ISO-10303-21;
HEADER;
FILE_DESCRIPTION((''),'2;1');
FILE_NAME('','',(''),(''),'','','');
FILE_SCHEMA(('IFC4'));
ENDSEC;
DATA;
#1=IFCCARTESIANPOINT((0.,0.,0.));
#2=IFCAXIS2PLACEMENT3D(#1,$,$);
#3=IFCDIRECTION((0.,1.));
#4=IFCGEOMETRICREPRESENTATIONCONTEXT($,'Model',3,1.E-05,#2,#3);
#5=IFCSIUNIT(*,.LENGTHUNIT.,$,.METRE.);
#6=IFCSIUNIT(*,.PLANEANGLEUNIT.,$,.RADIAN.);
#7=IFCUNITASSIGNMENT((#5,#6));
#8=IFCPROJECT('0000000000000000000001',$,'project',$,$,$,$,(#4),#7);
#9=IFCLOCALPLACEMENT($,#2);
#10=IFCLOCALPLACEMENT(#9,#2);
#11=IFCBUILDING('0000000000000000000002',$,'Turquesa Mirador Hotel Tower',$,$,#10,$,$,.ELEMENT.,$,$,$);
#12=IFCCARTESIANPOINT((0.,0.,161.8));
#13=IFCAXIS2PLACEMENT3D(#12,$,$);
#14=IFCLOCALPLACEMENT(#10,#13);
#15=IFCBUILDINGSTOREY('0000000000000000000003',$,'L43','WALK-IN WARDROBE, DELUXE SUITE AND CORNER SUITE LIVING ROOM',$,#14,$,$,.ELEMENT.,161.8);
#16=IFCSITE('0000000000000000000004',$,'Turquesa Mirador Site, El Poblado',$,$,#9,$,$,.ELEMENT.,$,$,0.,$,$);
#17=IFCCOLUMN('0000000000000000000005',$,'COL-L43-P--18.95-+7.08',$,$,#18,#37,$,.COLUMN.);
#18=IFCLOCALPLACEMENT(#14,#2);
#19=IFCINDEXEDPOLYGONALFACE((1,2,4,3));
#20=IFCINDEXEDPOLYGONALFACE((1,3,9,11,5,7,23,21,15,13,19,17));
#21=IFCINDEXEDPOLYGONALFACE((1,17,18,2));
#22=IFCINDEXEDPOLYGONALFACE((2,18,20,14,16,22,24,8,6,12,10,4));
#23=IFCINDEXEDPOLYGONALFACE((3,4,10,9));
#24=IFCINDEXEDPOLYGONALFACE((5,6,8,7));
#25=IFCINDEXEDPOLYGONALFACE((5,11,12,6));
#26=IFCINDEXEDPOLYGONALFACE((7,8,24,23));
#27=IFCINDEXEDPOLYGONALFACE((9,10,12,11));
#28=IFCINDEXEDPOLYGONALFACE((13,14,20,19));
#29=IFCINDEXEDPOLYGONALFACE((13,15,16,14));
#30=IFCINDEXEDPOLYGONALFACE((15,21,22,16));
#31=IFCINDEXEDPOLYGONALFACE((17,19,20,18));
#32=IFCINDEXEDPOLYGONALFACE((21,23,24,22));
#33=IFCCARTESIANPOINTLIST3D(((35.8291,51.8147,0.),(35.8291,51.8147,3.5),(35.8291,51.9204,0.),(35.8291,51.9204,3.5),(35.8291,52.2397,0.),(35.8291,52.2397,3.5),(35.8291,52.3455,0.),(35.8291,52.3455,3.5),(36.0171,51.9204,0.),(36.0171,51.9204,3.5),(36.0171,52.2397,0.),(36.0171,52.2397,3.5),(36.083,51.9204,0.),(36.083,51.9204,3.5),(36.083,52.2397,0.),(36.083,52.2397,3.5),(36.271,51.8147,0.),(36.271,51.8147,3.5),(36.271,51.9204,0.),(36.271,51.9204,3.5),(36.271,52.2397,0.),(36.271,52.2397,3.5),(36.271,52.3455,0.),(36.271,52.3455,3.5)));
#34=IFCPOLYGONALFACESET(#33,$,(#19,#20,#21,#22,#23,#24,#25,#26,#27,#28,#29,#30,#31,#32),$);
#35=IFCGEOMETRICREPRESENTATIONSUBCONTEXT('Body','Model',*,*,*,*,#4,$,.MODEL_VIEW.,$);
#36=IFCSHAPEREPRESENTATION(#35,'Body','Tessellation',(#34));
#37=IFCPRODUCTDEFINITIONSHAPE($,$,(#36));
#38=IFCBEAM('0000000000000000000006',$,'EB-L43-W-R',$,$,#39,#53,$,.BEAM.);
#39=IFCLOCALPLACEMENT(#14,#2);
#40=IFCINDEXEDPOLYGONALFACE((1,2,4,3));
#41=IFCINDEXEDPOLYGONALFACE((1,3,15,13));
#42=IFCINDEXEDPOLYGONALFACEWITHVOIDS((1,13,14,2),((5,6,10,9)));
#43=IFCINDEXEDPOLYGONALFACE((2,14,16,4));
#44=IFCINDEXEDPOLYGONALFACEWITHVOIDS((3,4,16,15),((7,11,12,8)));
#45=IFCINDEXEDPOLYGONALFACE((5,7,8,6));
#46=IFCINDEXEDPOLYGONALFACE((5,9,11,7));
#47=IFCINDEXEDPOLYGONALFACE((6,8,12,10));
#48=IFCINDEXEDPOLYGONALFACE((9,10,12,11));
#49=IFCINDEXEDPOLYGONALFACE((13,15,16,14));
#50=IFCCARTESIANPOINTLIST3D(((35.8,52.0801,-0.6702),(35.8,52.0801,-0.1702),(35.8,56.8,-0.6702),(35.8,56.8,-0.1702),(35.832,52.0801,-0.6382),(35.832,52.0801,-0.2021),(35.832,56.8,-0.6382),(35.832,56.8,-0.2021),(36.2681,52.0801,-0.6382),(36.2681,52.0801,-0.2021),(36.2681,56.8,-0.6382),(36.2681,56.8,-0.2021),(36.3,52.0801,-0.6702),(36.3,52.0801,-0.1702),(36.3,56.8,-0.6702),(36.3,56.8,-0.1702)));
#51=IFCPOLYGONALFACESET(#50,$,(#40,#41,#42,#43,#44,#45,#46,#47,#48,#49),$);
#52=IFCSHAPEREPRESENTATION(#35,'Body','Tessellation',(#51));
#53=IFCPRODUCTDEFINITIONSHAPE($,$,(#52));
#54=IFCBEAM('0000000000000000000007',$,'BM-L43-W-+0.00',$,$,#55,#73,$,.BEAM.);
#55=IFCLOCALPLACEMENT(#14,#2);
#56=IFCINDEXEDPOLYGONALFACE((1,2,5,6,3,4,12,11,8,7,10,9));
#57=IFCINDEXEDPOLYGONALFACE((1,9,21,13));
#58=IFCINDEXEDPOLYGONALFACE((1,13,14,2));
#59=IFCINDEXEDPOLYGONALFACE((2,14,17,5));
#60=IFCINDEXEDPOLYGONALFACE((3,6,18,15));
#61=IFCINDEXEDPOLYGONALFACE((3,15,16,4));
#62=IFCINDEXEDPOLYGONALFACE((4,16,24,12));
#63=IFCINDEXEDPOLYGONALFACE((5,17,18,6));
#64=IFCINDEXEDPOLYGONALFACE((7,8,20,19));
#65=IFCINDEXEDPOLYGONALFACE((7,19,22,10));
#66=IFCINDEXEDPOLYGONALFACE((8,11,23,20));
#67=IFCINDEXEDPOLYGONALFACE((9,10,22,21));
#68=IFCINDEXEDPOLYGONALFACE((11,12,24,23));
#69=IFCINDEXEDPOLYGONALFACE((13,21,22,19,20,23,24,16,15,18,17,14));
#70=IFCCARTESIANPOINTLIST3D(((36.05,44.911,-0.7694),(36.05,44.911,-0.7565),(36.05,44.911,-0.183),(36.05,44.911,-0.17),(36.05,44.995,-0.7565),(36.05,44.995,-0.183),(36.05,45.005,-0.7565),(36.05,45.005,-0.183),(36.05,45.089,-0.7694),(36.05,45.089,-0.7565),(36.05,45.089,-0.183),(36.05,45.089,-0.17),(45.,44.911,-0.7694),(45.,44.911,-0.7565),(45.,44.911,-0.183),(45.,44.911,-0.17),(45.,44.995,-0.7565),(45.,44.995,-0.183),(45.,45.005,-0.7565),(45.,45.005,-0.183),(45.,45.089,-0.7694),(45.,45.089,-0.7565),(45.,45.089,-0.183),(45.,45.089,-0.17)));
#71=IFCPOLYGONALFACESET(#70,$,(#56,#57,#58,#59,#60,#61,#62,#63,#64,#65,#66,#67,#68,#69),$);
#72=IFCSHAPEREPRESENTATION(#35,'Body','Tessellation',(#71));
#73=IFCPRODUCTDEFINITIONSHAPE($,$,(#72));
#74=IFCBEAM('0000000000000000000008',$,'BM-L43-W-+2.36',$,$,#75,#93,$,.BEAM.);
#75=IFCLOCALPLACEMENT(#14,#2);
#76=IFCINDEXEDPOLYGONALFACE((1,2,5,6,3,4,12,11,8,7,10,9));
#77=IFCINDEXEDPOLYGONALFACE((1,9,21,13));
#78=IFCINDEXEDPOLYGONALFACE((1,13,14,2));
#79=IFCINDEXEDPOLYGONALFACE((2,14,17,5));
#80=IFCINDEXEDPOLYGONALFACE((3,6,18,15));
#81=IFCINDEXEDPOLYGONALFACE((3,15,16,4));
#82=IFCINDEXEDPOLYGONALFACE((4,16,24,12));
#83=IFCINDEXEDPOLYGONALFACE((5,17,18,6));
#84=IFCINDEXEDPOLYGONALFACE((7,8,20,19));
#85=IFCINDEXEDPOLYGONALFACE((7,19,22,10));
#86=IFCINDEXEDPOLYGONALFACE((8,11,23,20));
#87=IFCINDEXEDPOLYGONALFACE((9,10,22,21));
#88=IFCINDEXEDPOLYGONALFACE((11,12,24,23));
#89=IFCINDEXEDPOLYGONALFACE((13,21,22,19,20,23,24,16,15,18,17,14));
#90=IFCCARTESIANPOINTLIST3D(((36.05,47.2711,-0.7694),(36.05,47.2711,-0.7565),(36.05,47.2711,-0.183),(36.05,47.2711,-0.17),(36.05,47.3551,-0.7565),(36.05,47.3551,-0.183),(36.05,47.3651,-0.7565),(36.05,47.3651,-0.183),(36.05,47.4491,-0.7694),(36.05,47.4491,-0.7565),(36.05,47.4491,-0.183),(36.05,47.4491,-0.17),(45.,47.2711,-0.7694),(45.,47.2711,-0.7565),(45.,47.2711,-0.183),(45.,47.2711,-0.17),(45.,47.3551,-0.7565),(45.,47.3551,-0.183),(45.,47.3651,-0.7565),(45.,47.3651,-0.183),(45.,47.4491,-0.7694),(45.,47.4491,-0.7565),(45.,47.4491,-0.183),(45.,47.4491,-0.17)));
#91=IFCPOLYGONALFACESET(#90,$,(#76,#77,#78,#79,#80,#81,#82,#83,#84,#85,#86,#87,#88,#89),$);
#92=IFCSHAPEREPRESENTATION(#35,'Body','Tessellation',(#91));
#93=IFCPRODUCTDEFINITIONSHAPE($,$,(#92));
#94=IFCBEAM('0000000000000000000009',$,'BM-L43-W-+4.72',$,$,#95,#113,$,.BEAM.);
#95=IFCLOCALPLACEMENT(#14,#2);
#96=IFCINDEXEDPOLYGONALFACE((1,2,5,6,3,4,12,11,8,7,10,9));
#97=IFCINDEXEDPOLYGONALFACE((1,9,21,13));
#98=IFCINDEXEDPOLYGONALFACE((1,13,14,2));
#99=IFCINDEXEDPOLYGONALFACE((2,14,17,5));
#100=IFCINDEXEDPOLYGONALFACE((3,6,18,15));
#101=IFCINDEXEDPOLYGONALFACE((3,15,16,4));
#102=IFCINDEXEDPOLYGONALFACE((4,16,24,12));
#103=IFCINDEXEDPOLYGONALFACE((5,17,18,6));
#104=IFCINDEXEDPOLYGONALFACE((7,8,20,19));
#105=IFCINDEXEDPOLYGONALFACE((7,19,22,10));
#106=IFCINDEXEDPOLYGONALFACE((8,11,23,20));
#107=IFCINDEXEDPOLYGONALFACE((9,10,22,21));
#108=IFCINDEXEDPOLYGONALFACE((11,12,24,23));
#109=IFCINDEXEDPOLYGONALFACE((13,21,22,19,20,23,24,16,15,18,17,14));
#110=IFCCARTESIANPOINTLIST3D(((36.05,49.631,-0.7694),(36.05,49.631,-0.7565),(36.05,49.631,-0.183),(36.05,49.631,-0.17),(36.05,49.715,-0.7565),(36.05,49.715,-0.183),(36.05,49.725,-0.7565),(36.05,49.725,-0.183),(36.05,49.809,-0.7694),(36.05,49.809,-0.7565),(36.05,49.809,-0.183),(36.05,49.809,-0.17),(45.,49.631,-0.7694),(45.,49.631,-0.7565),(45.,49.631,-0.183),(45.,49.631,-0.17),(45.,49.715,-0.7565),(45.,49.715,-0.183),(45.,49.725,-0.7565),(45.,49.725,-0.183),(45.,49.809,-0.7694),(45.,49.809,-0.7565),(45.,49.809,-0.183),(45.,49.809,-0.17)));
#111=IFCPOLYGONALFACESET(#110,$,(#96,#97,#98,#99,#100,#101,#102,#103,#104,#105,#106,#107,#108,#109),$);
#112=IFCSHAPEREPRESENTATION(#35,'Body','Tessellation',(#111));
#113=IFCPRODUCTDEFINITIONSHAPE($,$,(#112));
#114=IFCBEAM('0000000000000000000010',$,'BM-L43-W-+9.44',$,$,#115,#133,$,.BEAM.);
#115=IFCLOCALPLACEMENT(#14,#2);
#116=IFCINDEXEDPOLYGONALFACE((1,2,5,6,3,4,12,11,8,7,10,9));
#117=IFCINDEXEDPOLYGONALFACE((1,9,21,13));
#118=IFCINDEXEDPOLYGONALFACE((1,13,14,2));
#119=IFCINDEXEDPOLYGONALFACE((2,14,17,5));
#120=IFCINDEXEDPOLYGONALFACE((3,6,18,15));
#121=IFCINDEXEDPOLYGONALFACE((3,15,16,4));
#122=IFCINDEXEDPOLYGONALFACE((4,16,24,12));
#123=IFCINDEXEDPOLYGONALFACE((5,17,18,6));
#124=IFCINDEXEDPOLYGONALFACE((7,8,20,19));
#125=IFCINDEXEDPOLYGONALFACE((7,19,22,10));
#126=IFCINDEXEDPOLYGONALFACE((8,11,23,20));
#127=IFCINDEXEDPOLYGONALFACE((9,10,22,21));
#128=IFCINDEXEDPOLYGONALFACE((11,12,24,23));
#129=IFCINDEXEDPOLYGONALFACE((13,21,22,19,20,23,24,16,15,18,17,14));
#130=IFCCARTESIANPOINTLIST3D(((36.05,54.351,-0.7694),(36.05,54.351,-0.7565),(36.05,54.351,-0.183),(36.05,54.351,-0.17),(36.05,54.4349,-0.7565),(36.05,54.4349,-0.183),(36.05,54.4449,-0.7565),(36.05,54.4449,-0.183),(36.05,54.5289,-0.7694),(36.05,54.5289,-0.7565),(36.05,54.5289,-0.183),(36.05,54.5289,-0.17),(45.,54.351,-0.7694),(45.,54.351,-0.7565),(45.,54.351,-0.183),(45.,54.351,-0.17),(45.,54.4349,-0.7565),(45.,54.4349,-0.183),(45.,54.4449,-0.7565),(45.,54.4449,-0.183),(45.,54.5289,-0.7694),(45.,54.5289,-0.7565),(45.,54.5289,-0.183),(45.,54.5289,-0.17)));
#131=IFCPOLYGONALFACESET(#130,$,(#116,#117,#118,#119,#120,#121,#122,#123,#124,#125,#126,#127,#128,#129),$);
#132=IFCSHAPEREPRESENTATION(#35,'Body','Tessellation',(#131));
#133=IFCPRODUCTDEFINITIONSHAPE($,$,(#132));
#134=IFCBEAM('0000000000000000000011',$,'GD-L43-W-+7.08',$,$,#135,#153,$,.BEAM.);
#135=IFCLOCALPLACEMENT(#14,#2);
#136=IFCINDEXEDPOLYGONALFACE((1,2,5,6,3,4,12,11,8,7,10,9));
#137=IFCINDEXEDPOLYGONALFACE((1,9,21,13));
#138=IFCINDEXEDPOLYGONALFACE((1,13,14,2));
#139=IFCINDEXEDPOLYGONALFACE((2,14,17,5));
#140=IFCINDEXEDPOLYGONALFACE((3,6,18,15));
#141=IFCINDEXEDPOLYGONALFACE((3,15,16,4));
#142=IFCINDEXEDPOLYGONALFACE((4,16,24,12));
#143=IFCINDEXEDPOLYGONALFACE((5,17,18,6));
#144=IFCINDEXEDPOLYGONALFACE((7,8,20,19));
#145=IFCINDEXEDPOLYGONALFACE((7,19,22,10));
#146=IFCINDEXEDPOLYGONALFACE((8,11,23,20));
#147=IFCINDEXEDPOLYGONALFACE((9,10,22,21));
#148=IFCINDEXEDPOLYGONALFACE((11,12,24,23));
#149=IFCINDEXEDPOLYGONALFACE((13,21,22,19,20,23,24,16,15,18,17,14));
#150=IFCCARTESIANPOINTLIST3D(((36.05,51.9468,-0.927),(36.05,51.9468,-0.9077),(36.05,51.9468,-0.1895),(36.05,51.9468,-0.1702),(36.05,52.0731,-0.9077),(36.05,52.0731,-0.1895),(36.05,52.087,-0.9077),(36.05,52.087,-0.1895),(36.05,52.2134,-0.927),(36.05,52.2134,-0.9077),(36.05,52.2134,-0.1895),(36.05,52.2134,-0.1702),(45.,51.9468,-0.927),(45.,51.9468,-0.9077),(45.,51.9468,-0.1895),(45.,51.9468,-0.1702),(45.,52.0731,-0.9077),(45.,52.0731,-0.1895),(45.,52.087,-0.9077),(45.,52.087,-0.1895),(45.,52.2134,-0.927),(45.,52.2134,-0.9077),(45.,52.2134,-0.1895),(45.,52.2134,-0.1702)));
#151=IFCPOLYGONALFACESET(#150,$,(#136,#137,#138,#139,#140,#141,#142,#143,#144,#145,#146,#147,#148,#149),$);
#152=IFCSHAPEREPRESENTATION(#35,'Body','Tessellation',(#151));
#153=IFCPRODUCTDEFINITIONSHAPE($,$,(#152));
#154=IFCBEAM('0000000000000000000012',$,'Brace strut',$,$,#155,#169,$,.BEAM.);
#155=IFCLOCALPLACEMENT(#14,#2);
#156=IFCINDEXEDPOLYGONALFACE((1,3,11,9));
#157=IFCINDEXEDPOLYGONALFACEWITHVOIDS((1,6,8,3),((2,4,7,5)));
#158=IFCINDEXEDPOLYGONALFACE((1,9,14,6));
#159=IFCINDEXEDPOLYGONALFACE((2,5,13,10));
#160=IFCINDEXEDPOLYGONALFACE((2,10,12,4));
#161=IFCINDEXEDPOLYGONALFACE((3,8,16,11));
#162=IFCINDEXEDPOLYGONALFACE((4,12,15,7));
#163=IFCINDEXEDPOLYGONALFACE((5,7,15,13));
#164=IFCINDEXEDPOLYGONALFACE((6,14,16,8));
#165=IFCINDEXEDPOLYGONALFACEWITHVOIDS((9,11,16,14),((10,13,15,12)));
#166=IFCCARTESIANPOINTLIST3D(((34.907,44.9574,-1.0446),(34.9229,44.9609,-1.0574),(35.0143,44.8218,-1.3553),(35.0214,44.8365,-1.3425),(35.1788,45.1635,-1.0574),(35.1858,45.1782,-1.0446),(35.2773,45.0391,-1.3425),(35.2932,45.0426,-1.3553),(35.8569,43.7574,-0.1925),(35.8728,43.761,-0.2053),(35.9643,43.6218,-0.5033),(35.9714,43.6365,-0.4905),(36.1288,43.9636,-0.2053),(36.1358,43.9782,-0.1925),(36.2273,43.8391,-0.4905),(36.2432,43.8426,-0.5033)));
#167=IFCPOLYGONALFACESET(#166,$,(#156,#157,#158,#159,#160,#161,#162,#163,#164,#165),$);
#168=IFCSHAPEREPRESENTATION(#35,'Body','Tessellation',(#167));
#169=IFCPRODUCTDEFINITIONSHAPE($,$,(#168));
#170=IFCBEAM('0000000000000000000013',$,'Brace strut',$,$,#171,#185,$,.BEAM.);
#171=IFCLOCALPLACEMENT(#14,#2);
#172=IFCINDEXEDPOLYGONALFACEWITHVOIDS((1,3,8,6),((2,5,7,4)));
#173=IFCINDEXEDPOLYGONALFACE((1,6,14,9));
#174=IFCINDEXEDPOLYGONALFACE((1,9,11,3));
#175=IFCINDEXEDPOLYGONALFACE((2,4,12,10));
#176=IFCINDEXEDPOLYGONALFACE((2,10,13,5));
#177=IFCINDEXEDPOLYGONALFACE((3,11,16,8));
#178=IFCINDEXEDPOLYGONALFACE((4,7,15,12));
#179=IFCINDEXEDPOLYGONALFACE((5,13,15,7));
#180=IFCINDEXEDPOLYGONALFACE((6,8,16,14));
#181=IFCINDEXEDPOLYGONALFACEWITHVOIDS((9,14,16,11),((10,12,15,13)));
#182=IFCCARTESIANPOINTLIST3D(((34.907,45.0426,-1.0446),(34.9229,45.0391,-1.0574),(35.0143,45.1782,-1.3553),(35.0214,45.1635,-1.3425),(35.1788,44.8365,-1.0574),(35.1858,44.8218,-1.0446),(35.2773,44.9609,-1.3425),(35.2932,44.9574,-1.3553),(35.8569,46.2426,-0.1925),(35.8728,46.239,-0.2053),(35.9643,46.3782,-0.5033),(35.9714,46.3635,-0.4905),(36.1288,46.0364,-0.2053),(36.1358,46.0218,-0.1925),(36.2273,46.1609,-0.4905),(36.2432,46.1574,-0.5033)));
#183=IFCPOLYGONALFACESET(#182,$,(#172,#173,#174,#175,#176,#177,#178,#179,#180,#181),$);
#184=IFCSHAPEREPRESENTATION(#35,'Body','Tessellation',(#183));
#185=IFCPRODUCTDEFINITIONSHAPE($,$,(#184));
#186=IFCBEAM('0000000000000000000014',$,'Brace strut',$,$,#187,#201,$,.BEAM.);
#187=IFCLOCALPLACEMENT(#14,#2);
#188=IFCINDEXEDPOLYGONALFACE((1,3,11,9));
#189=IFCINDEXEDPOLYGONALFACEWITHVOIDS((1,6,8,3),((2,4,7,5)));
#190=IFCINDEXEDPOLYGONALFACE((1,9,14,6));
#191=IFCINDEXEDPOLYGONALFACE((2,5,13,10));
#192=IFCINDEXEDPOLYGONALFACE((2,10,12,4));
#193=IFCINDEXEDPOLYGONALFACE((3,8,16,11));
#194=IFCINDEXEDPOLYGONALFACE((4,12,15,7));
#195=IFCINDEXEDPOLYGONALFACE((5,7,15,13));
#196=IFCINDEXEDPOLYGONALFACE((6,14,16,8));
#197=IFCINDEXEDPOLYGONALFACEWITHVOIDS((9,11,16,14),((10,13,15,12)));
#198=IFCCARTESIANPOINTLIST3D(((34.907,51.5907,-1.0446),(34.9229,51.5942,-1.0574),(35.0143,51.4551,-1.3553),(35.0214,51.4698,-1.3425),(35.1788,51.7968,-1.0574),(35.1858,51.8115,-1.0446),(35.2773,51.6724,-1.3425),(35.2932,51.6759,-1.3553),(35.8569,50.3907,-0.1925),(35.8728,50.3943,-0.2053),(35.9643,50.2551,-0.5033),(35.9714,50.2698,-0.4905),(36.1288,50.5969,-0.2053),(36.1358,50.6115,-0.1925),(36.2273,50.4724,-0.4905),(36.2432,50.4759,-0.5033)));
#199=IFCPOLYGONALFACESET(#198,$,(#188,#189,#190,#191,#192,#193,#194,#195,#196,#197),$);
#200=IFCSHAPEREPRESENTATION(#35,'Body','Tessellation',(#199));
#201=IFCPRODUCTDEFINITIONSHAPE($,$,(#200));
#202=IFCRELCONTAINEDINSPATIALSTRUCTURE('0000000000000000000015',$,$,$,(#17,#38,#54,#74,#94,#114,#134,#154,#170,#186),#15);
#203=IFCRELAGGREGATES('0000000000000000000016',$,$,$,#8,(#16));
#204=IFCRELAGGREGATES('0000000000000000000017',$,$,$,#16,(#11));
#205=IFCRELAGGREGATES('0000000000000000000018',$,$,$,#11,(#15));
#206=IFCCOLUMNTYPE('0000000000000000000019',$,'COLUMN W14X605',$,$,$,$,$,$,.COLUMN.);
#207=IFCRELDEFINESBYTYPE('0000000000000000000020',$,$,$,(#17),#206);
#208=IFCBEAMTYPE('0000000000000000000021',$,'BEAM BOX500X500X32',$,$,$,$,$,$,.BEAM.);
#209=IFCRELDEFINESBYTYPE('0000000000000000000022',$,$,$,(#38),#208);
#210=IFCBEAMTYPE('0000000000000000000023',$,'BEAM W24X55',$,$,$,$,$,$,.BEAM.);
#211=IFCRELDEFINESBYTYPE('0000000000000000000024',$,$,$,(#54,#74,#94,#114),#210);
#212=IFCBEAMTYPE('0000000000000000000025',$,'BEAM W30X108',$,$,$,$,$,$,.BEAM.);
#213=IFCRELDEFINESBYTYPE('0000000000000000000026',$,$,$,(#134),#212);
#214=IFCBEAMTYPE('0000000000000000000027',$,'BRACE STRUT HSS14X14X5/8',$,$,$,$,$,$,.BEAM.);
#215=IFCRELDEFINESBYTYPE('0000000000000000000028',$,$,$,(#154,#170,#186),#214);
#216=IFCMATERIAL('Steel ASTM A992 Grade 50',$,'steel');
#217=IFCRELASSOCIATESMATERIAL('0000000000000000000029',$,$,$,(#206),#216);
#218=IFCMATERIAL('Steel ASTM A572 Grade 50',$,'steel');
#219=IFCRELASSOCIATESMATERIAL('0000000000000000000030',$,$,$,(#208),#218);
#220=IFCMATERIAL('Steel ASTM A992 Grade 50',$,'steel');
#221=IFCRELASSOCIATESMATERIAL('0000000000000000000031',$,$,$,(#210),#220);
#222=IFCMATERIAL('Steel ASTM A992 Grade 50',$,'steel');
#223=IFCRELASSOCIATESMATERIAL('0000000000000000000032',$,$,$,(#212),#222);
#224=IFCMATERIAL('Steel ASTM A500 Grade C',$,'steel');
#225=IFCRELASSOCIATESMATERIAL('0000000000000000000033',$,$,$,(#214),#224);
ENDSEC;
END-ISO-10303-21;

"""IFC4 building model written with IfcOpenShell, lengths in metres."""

from ifc_helpers import new_model, si_unit, direction, frame, origin, origin_2d, place, context, subcontext, project, spatial, hollow_rectangle, i_section, extrude, material, material_profile, profile_set, type_object, element, save


model = new_model("IFC4")

# Units and contexts
model_context = context("Model", 3, precision=1e-05, world=origin(), true_north=direction((0.0, 1.0)))
body_context = subcontext(model_context, "Body", "Model", "MODEL_VIEW")
ifc_project = project(units=[si_unit("LENGTHUNIT", "METRE"), si_unit("PLANEANGLEUNIT", "RADIAN")], contexts=[model_context])

# Site, building, storey
site_placement = place(None, origin())
site = spatial("IfcSite", under=ifc_project, at=site_placement, Name="Turquesa Mirador Site, El Poblado", CompositionType="ELEMENT", RefElevation=0.0)
building_placement = place(site_placement, origin())
building = spatial("IfcBuilding", under=site, at=building_placement, Name="Turquesa Mirador Hotel Tower", CompositionType="ELEMENT")
storey_placement = place(building_placement, frame((0.0, 0.0, 161.8)))
storey = spatial("IfcBuildingStorey", under=building, at=storey_placement, Name="L43", Description="WALK-IN WARDROBE, DELUXE SUITE AND CORNER SUITE LIVING ROOM", CompositionType="ELEMENT", Elevation=161.8)

# Column
ifc_material_1 = material(Name="Steel ASTM A992 Grade 50", Category="steel")
ifc_material_profile_1 = material_profile(ifc_material_1, i_section(OverallWidth=0.4419, OverallDepth=0.5308, WebThickness=0.0659, FlangeThickness=0.1057, at=origin_2d()), Name="W14X605")
ifc_profile_set_1 = profile_set([ifc_material_profile_1], Name="Steel ASTM A992 Grade 50")
column_type = type_object("IfcColumnType", Name="COLUMN W14X605", PredefinedType="COLUMN", material=ifc_profile_set_1)
column_placement = place(storey_placement, frame((36.05, 52.0801, 0.0), z_axis=(0.0, 0.0, 1.0), x_axis=(1.0, 0.0, 0.0)))
element("IfcColumn", 1, at=column_placement, inside=storey, type_object=column_type, Name="COL-L43-P--18.95-+7.08", PredefinedType="COLUMN", context=body_context, shape_type="SweptSolid", body=[
    extrude(i_section(OverallWidth=0.4419, OverallDepth=0.5308, WebThickness=0.0659, FlangeThickness=0.1057, at=origin_2d()), origin(), (0.0, 0.0, 1.0), 3.5),
])

# Beams
ifc_material_2 = material(Name="Steel ASTM A572 Grade 50", Category="steel")
ifc_material_profile_2 = material_profile(ifc_material_2, hollow_rectangle(XDim=0.5, YDim=0.5, WallThickness=0.032, at=origin_2d()), Name="BOX500X500X32")
ifc_profile_set_2 = profile_set([ifc_material_profile_2], Name="Steel ASTM A572 Grade 50")
beam_type_1 = type_object("IfcBeamType", Name="BEAM BOX500X500X32", PredefinedType="BEAM", material=ifc_profile_set_2)
beam_1_placement = place(storey_placement, frame((36.05, 52.0801, -0.4202), z_axis=(0.0, 1.0, 0.0), x_axis=(-1.0, 0.0, 0.0)))
element("IfcBeam", 2, at=beam_1_placement, inside=storey, type_object=beam_type_1, Name="EB-L43-W-R", PredefinedType="BEAM", context=body_context, shape_type="SweptSolid", body=[
    extrude(hollow_rectangle(XDim=0.5, YDim=0.5, WallThickness=0.032, at=origin_2d()), origin(), (0.0, 0.0, 1.0), 4.72),
])
ifc_material_3 = material(Name="Steel ASTM A992 Grade 50", Category="steel")
ifc_material_profile_3 = material_profile(ifc_material_3, i_section(OverallWidth=0.178, OverallDepth=0.5994, WebThickness=0.01, FlangeThickness=0.0129, at=origin_2d()), Name="W24X55")
ifc_profile_set_3 = profile_set([ifc_material_profile_3], Name="Steel ASTM A992 Grade 50")
beam_type_2 = type_object("IfcBeamType", Name="BEAM W24X55", PredefinedType="BEAM", material=ifc_profile_set_3)
for number, where, z_axis, x_axis, name in (
    (3, (36.05, 45.0, -0.4697), (1.0, 0.0, 0.0), (0.0, 1.0, 0.0), "BM-L43-W-+0.00"),
    (4, (36.05, 47.3601, -0.4697), (1.0, 0.0, 0.0), (0.0, 1.0, 0.0), "BM-L43-W-+2.36"),
    (5, (36.05, 49.72, -0.4697), (1.0, 0.0, 0.0), (0.0, 1.0, 0.0), "BM-L43-W-+4.72"),
    (6, (36.05, 54.4399, -0.4697), (1.0, 0.0, 0.0), (0.0, 1.0, 0.0), "BM-L43-W-+9.44"),
):
    element("IfcBeam", number, at=place(storey_placement, frame(where, z_axis=z_axis, x_axis=x_axis)), inside=storey, type_object=beam_type_2, Name=name, PredefinedType="BEAM", context=body_context, shape_type="SweptSolid", body=[
        extrude(i_section(OverallWidth=0.178, OverallDepth=0.5994, WebThickness=0.01, FlangeThickness=0.0129, at=origin_2d()), origin(), (0.0, 0.0, 1.0), 8.95),
    ])
ifc_material_4 = material(Name="Steel ASTM A992 Grade 50", Category="steel")
ifc_material_profile_4 = material_profile(ifc_material_4, i_section(OverallWidth=0.2666, OverallDepth=0.7568, WebThickness=0.0139, FlangeThickness=0.0193, at=origin_2d()), Name="W30X108")
ifc_profile_set_4 = profile_set([ifc_material_profile_4], Name="Steel ASTM A992 Grade 50")
beam_type_3 = type_object("IfcBeamType", Name="BEAM W30X108", PredefinedType="BEAM", material=ifc_profile_set_4)
beam_2_placement = place(storey_placement, frame((36.05, 52.0801, -0.5486), z_axis=(1.0, 0.0, 0.0), x_axis=(0.0, 1.0, 0.0)))
element("IfcBeam", 7, at=beam_2_placement, inside=storey, type_object=beam_type_3, Name="GD-L43-W-+7.08", PredefinedType="BEAM", context=body_context, shape_type="SweptSolid", body=[
    extrude(i_section(OverallWidth=0.2666, OverallDepth=0.7568, WebThickness=0.0139, FlangeThickness=0.0193, at=origin_2d()), origin(), (0.0, 0.0, 1.0), 8.95),
])
ifc_material_5 = material(Name="Steel ASTM A500 Grade C", Category="steel")
ifc_material_profile_5 = material_profile(ifc_material_5, hollow_rectangle(XDim=0.3557, YDim=0.3557, WallThickness=0.0146, at=origin_2d()), Name="HSS14X14X5/8")
ifc_profile_set_5 = profile_set([ifc_material_profile_5], Name="Steel ASTM A500 Grade C")
beam_type_4 = type_object("IfcBeamType", Name="BRACE STRUT HSS14X14X5/8", PredefinedType="BEAM", material=ifc_profile_set_5)
for number, where, z_axis, x_axis, name in (
    (8, (35.1001, 45.0, -1.2), (0.542318, -0.68504, 0.486427), (0.784049, 0.620699, 0.0), "Brace strut"),
    (9, (35.1001, 45.0, -1.2), (0.542318, 0.68504, 0.486427), (-0.784049, 0.620699, 0.0), "Brace strut"),
    (10, (35.1001, 51.6333, -1.2), (0.542318, -0.68504, 0.486427), (0.784049, 0.620699, 0.0), "Brace strut"),
):
    element("IfcBeam", number, at=place(storey_placement, frame(where, z_axis=z_axis, x_axis=x_axis)), inside=storey, type_object=beam_type_4, Name=name, PredefinedType="BEAM", context=body_context, shape_type="SweptSolid", body=[
        extrude(hollow_rectangle(XDim=0.3557, YDim=0.3557, WallThickness=0.0146, at=origin_2d()), origin(), (0.0, 0.0, 1.0), 1.7517),
    ])

save(model, "model.ifc")
